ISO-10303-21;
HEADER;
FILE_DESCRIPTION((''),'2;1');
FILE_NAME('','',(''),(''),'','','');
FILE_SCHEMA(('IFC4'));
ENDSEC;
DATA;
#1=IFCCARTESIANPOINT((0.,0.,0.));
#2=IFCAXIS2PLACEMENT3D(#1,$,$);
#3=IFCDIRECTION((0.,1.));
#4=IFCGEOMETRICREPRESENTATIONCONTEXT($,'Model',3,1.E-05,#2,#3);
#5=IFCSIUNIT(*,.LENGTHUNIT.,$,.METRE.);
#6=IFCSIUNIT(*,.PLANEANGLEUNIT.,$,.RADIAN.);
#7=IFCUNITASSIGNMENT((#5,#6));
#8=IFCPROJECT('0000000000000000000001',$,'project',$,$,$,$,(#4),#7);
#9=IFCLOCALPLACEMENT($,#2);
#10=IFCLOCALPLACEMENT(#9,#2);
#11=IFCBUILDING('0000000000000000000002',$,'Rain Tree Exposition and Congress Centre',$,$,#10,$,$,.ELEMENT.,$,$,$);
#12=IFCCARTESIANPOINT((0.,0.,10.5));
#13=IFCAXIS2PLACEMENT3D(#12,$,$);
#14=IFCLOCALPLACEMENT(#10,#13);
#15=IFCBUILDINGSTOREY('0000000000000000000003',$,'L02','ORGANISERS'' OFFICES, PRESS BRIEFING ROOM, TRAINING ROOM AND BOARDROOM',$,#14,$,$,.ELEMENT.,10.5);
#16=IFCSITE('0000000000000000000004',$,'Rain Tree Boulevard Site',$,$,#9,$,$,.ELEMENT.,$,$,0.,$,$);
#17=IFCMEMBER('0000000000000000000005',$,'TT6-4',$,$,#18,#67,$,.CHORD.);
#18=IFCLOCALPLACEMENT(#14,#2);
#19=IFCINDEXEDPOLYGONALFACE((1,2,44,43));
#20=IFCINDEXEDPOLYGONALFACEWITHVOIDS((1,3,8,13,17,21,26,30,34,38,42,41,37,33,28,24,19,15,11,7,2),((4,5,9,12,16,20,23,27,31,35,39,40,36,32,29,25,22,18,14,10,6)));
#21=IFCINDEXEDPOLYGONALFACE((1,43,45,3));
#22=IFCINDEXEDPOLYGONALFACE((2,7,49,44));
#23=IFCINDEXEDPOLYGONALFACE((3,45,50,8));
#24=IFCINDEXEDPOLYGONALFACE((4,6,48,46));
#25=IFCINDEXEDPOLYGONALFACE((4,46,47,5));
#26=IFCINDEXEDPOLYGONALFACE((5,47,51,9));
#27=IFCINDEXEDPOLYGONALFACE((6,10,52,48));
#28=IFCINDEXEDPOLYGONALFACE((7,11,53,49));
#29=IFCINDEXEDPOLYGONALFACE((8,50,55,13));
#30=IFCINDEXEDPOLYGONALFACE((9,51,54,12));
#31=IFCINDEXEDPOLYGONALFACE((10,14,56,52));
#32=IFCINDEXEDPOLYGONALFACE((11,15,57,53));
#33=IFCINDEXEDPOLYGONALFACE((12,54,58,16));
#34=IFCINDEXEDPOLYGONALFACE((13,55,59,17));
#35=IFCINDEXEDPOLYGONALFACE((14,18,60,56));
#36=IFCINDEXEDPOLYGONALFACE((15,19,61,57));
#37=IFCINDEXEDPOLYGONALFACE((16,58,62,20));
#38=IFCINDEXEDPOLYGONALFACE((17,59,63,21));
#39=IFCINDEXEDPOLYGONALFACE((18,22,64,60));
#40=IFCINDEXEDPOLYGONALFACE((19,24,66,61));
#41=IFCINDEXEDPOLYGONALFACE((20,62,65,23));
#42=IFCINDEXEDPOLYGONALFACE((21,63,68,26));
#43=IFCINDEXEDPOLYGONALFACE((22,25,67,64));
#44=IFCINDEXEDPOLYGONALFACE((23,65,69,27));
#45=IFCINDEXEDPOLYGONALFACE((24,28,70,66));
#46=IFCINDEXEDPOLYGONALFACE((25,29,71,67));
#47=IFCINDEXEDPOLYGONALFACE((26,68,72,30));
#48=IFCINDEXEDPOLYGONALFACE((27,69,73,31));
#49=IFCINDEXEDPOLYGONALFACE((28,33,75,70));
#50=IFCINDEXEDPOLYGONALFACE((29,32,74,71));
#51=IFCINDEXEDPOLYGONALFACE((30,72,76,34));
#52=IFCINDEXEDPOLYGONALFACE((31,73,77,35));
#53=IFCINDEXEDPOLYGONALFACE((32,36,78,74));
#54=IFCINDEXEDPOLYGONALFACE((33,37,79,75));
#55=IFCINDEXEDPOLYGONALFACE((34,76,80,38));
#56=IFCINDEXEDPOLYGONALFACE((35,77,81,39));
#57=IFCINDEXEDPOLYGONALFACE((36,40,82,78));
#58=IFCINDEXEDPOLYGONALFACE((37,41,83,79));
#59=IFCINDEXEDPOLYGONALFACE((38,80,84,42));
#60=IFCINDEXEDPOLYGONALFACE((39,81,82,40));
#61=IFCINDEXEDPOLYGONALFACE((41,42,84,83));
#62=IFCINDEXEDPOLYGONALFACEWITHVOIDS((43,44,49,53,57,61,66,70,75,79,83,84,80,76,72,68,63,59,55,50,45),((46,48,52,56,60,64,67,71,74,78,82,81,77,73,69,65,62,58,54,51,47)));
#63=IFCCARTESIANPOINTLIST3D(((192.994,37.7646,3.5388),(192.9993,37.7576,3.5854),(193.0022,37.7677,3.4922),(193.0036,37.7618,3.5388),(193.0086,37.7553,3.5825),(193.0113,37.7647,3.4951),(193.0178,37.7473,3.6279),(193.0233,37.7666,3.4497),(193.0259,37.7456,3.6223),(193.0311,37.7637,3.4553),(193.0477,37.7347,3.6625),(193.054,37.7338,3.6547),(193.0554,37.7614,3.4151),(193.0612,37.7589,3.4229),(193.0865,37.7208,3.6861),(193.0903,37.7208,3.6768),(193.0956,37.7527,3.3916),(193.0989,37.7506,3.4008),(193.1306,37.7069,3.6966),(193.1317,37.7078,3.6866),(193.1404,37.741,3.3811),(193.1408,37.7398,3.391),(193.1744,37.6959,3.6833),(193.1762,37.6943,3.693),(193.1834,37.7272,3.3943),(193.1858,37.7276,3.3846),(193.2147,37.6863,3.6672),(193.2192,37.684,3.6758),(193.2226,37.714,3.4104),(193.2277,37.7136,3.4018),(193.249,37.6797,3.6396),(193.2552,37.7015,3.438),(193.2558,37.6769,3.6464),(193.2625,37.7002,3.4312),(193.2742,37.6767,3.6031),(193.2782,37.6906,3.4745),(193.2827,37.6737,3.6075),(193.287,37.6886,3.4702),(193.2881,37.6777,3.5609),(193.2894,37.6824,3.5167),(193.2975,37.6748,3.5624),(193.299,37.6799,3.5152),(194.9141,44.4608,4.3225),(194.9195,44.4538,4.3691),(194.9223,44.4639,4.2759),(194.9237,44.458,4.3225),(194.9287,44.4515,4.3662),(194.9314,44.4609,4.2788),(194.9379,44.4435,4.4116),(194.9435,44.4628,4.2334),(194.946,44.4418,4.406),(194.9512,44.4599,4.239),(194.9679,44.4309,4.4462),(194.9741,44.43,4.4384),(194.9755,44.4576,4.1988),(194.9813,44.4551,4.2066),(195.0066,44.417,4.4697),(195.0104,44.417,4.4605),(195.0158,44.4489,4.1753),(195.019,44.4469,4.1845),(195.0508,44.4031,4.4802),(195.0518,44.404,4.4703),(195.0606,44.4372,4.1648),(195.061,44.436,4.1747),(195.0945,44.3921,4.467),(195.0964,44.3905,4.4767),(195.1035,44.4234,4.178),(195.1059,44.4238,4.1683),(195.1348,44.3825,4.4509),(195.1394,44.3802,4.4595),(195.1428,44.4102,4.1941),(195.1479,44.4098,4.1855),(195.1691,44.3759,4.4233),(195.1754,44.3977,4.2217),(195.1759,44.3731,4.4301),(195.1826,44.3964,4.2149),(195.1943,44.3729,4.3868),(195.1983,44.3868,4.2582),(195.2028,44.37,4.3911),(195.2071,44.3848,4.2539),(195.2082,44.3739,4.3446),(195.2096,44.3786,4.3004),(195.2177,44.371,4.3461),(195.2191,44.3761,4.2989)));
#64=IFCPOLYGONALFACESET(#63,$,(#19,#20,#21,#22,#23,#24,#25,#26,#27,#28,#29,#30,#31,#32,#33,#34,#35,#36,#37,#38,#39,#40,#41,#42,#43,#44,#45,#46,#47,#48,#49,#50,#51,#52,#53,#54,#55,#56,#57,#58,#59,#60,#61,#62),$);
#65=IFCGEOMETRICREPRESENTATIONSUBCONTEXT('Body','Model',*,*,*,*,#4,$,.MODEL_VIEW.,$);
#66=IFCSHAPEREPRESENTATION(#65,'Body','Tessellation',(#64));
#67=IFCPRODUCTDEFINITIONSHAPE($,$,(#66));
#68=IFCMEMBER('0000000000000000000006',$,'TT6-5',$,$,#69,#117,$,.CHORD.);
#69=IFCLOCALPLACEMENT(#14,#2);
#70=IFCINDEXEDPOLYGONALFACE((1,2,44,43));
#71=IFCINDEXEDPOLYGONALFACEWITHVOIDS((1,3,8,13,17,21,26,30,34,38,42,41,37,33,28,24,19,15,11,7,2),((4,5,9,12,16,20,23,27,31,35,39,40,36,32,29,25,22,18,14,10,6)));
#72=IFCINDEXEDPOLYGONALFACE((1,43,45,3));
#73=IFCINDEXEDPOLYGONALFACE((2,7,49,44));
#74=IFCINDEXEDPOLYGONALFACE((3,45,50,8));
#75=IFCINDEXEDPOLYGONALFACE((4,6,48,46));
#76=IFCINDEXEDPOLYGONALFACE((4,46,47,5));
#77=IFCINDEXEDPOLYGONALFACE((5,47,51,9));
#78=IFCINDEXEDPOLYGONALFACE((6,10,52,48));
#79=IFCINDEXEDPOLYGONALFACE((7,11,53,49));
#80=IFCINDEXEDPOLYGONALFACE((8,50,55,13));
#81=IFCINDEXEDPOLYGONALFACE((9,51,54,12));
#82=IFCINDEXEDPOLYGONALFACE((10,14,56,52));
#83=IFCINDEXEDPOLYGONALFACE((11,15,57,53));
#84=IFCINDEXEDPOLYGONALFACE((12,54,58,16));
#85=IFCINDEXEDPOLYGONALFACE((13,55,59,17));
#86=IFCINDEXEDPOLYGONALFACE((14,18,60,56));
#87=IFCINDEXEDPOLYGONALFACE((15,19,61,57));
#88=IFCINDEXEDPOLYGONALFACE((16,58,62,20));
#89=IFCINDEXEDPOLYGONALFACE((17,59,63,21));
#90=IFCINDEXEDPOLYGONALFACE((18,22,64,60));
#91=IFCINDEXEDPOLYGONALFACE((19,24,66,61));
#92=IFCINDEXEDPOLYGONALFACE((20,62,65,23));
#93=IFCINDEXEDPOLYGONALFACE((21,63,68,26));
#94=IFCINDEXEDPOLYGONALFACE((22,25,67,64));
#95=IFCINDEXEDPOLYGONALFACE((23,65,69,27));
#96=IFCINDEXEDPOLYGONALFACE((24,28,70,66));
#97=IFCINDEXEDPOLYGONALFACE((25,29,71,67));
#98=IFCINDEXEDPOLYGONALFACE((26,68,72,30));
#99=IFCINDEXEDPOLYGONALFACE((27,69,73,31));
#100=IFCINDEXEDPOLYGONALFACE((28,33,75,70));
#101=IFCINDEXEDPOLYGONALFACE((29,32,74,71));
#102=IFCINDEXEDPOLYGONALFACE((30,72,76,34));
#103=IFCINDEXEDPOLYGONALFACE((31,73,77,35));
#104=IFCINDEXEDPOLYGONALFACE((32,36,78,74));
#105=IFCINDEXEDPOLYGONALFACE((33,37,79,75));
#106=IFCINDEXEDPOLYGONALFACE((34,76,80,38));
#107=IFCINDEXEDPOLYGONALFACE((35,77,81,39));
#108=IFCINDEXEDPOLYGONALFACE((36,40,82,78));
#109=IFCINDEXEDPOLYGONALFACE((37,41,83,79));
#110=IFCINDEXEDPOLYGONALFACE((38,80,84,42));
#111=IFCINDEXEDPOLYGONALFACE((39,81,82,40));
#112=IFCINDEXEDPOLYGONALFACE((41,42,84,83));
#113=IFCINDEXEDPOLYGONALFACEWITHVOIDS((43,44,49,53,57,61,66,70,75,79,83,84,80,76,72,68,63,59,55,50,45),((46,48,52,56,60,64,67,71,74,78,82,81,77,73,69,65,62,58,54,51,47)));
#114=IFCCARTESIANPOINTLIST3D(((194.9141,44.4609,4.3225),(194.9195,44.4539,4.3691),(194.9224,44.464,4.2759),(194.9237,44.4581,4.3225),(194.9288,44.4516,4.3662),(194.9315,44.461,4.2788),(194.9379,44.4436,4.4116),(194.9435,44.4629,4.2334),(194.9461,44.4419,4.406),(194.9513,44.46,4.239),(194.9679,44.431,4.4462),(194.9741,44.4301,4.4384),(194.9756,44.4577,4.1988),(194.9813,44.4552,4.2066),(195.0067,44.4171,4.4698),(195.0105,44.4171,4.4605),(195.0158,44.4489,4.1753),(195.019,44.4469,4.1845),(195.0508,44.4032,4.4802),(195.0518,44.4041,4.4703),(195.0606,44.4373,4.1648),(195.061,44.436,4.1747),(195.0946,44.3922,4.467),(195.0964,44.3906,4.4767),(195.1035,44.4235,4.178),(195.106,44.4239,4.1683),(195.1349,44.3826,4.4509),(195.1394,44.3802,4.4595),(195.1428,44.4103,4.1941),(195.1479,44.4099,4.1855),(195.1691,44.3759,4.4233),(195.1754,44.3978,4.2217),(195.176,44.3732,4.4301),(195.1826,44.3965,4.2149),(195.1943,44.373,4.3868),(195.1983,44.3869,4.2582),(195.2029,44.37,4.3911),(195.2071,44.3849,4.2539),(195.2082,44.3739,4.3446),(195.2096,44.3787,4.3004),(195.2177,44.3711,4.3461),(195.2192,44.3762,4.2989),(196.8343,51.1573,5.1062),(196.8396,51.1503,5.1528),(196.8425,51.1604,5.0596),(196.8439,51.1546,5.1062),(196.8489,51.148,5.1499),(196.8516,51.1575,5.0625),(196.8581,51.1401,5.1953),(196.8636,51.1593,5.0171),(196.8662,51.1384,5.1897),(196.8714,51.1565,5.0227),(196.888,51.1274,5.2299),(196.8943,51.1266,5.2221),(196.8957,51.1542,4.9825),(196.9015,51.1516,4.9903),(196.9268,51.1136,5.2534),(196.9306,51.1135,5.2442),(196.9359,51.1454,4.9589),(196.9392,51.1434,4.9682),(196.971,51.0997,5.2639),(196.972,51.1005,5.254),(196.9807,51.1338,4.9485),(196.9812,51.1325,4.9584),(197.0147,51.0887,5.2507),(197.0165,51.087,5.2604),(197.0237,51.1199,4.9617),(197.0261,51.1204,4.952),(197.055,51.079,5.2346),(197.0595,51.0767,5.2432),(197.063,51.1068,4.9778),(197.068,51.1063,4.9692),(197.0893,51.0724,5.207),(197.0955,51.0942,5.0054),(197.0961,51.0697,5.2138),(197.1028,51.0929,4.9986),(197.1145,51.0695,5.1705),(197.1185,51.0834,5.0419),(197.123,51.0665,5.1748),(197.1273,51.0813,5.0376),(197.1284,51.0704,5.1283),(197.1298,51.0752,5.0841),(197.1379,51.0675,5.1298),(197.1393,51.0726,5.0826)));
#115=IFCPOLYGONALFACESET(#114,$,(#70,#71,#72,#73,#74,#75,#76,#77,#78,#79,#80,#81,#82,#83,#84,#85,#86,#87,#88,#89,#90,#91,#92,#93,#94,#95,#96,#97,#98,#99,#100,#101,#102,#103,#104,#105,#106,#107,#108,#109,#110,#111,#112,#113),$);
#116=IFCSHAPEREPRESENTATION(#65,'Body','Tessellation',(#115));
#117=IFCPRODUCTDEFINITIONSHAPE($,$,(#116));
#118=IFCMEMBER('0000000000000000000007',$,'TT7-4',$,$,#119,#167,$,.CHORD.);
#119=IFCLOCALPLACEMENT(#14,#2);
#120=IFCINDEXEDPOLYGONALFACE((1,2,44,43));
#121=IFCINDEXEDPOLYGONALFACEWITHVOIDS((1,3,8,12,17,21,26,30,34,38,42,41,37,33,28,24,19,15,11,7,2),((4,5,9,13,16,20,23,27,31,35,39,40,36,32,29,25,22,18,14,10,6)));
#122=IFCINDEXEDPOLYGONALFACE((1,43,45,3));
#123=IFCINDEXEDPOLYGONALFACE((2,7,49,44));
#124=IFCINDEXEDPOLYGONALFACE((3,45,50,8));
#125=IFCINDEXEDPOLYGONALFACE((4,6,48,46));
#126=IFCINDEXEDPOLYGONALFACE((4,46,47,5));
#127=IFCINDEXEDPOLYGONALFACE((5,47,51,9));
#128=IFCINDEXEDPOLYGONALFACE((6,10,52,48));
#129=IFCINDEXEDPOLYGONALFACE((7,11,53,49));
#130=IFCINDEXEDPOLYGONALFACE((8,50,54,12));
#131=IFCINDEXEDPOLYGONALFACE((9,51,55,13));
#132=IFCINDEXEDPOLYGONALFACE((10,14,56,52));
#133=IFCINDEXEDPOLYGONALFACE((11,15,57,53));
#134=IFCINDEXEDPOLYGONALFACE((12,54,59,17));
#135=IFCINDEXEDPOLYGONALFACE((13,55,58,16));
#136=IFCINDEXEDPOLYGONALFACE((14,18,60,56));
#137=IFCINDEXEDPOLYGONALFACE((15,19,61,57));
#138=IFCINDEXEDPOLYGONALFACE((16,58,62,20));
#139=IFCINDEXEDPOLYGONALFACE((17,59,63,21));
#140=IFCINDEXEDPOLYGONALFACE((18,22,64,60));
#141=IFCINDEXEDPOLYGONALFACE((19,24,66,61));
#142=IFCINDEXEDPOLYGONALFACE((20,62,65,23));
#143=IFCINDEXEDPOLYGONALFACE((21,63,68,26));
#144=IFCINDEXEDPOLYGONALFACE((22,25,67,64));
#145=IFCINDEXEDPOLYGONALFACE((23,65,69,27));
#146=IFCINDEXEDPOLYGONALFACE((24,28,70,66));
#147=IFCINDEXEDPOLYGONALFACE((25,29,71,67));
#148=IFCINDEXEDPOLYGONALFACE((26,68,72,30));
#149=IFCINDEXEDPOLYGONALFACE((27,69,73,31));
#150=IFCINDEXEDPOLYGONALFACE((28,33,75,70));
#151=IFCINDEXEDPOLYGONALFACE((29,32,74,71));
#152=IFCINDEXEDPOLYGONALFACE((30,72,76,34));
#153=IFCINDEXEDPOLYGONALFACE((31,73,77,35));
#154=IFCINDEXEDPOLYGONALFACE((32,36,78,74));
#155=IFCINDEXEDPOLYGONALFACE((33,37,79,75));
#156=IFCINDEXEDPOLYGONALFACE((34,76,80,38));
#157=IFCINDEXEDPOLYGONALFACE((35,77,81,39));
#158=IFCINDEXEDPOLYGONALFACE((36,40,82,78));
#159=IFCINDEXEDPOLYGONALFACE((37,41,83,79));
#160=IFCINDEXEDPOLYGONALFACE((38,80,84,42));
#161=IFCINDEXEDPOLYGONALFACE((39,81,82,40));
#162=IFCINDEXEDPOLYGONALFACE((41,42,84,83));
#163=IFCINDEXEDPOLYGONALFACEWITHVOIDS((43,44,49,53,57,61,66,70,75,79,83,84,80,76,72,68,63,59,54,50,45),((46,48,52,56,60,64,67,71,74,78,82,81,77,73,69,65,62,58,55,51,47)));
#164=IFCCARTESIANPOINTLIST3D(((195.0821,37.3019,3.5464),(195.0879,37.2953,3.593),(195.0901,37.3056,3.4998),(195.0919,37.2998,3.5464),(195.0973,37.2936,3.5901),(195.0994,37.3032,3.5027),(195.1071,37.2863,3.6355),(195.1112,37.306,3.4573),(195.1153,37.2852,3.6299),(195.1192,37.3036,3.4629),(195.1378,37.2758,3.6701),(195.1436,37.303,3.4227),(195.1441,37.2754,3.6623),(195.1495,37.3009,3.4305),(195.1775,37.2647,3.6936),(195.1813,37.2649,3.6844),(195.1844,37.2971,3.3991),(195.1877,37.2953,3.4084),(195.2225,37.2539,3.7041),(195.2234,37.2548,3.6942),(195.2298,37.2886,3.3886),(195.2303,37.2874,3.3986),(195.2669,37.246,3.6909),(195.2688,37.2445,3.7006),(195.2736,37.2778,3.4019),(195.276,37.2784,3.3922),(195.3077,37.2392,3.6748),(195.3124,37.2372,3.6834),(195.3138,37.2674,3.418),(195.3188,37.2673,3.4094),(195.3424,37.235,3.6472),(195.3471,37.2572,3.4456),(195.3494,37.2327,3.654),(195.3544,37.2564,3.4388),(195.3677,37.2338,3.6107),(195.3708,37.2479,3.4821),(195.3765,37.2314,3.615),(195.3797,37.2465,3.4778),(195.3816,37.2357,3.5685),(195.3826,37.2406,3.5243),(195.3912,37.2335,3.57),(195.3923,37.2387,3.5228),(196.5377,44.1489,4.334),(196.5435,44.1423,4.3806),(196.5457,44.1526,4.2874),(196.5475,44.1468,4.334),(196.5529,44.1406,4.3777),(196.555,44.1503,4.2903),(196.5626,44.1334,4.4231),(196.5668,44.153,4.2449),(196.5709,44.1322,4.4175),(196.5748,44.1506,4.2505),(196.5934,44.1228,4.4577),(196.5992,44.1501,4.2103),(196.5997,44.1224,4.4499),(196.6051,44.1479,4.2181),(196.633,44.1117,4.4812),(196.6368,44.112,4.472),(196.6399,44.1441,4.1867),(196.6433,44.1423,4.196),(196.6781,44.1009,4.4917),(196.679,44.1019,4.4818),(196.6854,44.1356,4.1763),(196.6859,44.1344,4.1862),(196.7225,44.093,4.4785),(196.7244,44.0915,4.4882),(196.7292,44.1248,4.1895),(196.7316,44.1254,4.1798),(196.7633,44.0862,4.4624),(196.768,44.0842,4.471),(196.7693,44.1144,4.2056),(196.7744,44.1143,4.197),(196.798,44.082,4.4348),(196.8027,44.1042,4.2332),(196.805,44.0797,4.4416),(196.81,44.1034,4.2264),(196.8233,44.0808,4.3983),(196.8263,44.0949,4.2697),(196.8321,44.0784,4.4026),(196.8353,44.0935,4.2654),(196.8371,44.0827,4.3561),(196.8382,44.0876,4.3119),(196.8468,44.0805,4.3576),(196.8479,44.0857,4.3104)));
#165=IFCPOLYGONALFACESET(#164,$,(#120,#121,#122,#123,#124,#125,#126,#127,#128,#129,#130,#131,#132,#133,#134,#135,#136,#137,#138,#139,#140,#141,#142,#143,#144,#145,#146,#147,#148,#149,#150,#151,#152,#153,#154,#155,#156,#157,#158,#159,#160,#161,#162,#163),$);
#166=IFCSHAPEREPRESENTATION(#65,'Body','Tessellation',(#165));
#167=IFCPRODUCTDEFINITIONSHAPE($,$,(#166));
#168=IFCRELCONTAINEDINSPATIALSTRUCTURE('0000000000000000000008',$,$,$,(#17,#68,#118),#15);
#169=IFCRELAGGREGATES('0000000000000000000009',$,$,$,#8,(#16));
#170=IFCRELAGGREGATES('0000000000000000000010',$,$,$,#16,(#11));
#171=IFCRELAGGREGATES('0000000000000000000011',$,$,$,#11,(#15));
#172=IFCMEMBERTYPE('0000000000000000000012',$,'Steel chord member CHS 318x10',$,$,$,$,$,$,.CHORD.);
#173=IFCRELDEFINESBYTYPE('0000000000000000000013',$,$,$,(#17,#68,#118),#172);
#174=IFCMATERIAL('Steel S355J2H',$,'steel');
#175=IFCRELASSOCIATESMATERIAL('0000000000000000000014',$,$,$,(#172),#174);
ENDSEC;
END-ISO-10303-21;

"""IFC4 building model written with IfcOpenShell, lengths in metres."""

from ifc_helpers import new_model, si_unit, direction, frame, origin, origin_2d, place, context, subcontext, project, spatial, hollow_circle, extrude, material, material_profile, profile_set, type_object, element, save


model = new_model("IFC4")

# Units and contexts
model_context = context("Model", 3, precision=1e-05, world=origin(), true_north=direction((0.0, 1.0)))
body_context = subcontext(model_context, "Body", "Model", "MODEL_VIEW")
ifc_project = project(units=[si_unit("LENGTHUNIT", "METRE"), si_unit("PLANEANGLEUNIT", "RADIAN")], contexts=[model_context])

# Site, building, storey
site_placement = place(None, origin())
site = spatial("IfcSite", under=ifc_project, at=site_placement, Name="Rain Tree Boulevard Site", CompositionType="ELEMENT", RefElevation=0.0)
building_placement = place(site_placement, origin())
building = spatial("IfcBuilding", under=site, at=building_placement, Name="Rain Tree Exposition and Congress Centre", CompositionType="ELEMENT")
storey_placement = place(building_placement, frame((0.0, 0.0, 10.5)))
storey = spatial("IfcBuildingStorey", under=building, at=storey_placement, Name="L02", Description="ORGANISERS' OFFICES, PRESS BRIEFING ROOM, TRAINING ROOM AND BOARDROOM", CompositionType="ELEMENT", Elevation=10.5)

# Members
ifc_material_1 = material(Name="Steel S355J2H", Category="steel")
ifc_material_profile_1 = material_profile(ifc_material_1, hollow_circle(Radius=0.1592, WallThickness=0.01, at=origin_2d()), Name="CHS 318x10")
ifc_profile_set_1 = profile_set([ifc_material_profile_1], Name="Steel S355J2H")
member_type_1 = type_object("IfcMemberType", Name="Steel chord member CHS 318x10", PredefinedType="CHORD", material=ifc_profile_set_1)
member_1_placement = place(storey_placement, frame((193.147, 37.7207, 3.5388), z_axis=(0.273914, 0.955235, 0.111795), x_axis=(-0.96126, 0.275642, 0.0)))
element("IfcMember", 1, at=member_1_placement, inside=storey, type_object=member_type_1, Name="TT6-4", PredefinedType="CHORD", context=body_context, shape_type="SweptSolid", body=[
    extrude(hollow_circle(Radius=0.1592, WallThickness=0.01, at=origin_2d()), origin(), (0.0, 0.0, 1.0), 7.01),
])
member_2_placement = place(storey_placement, frame((195.0671, 44.417, 4.3225), z_axis=(0.273905, 0.955238, 0.111791), x_axis=(-0.961263, 0.275633, 0.0)))
element("IfcMember", 2, at=member_2_placement, inside=storey, type_object=member_type_1, Name="TT6-5", PredefinedType="CHORD", context=body_context, shape_type="SweptSolid", body=[
    extrude(hollow_circle(Radius=0.1592, WallThickness=0.01, at=origin_2d()), origin(), (0.0, 0.0, 1.0), 7.0103),
])
for number, where, z_axis, x_axis, name in (
    (3, (195.2378, 37.2688, 3.5464), (0.206636, 0.972008, 0.11181), (-0.978142, 0.20794, 0.0), "TT7-4"),
):
    element("IfcMember", number, at=place(storey_placement, frame(where, z_axis=z_axis, x_axis=x_axis)), inside=storey, type_object=member_type_1, Name=name, PredefinedType="CHORD", context=body_context, shape_type="SweptSolid", body=[
        extrude(hollow_circle(Radius=0.1592, WallThickness=0.01, at=origin_2d()), origin(), (0.0, 0.0, 1.0), 7.0442),
    ])

save(model, "model.ifc")
